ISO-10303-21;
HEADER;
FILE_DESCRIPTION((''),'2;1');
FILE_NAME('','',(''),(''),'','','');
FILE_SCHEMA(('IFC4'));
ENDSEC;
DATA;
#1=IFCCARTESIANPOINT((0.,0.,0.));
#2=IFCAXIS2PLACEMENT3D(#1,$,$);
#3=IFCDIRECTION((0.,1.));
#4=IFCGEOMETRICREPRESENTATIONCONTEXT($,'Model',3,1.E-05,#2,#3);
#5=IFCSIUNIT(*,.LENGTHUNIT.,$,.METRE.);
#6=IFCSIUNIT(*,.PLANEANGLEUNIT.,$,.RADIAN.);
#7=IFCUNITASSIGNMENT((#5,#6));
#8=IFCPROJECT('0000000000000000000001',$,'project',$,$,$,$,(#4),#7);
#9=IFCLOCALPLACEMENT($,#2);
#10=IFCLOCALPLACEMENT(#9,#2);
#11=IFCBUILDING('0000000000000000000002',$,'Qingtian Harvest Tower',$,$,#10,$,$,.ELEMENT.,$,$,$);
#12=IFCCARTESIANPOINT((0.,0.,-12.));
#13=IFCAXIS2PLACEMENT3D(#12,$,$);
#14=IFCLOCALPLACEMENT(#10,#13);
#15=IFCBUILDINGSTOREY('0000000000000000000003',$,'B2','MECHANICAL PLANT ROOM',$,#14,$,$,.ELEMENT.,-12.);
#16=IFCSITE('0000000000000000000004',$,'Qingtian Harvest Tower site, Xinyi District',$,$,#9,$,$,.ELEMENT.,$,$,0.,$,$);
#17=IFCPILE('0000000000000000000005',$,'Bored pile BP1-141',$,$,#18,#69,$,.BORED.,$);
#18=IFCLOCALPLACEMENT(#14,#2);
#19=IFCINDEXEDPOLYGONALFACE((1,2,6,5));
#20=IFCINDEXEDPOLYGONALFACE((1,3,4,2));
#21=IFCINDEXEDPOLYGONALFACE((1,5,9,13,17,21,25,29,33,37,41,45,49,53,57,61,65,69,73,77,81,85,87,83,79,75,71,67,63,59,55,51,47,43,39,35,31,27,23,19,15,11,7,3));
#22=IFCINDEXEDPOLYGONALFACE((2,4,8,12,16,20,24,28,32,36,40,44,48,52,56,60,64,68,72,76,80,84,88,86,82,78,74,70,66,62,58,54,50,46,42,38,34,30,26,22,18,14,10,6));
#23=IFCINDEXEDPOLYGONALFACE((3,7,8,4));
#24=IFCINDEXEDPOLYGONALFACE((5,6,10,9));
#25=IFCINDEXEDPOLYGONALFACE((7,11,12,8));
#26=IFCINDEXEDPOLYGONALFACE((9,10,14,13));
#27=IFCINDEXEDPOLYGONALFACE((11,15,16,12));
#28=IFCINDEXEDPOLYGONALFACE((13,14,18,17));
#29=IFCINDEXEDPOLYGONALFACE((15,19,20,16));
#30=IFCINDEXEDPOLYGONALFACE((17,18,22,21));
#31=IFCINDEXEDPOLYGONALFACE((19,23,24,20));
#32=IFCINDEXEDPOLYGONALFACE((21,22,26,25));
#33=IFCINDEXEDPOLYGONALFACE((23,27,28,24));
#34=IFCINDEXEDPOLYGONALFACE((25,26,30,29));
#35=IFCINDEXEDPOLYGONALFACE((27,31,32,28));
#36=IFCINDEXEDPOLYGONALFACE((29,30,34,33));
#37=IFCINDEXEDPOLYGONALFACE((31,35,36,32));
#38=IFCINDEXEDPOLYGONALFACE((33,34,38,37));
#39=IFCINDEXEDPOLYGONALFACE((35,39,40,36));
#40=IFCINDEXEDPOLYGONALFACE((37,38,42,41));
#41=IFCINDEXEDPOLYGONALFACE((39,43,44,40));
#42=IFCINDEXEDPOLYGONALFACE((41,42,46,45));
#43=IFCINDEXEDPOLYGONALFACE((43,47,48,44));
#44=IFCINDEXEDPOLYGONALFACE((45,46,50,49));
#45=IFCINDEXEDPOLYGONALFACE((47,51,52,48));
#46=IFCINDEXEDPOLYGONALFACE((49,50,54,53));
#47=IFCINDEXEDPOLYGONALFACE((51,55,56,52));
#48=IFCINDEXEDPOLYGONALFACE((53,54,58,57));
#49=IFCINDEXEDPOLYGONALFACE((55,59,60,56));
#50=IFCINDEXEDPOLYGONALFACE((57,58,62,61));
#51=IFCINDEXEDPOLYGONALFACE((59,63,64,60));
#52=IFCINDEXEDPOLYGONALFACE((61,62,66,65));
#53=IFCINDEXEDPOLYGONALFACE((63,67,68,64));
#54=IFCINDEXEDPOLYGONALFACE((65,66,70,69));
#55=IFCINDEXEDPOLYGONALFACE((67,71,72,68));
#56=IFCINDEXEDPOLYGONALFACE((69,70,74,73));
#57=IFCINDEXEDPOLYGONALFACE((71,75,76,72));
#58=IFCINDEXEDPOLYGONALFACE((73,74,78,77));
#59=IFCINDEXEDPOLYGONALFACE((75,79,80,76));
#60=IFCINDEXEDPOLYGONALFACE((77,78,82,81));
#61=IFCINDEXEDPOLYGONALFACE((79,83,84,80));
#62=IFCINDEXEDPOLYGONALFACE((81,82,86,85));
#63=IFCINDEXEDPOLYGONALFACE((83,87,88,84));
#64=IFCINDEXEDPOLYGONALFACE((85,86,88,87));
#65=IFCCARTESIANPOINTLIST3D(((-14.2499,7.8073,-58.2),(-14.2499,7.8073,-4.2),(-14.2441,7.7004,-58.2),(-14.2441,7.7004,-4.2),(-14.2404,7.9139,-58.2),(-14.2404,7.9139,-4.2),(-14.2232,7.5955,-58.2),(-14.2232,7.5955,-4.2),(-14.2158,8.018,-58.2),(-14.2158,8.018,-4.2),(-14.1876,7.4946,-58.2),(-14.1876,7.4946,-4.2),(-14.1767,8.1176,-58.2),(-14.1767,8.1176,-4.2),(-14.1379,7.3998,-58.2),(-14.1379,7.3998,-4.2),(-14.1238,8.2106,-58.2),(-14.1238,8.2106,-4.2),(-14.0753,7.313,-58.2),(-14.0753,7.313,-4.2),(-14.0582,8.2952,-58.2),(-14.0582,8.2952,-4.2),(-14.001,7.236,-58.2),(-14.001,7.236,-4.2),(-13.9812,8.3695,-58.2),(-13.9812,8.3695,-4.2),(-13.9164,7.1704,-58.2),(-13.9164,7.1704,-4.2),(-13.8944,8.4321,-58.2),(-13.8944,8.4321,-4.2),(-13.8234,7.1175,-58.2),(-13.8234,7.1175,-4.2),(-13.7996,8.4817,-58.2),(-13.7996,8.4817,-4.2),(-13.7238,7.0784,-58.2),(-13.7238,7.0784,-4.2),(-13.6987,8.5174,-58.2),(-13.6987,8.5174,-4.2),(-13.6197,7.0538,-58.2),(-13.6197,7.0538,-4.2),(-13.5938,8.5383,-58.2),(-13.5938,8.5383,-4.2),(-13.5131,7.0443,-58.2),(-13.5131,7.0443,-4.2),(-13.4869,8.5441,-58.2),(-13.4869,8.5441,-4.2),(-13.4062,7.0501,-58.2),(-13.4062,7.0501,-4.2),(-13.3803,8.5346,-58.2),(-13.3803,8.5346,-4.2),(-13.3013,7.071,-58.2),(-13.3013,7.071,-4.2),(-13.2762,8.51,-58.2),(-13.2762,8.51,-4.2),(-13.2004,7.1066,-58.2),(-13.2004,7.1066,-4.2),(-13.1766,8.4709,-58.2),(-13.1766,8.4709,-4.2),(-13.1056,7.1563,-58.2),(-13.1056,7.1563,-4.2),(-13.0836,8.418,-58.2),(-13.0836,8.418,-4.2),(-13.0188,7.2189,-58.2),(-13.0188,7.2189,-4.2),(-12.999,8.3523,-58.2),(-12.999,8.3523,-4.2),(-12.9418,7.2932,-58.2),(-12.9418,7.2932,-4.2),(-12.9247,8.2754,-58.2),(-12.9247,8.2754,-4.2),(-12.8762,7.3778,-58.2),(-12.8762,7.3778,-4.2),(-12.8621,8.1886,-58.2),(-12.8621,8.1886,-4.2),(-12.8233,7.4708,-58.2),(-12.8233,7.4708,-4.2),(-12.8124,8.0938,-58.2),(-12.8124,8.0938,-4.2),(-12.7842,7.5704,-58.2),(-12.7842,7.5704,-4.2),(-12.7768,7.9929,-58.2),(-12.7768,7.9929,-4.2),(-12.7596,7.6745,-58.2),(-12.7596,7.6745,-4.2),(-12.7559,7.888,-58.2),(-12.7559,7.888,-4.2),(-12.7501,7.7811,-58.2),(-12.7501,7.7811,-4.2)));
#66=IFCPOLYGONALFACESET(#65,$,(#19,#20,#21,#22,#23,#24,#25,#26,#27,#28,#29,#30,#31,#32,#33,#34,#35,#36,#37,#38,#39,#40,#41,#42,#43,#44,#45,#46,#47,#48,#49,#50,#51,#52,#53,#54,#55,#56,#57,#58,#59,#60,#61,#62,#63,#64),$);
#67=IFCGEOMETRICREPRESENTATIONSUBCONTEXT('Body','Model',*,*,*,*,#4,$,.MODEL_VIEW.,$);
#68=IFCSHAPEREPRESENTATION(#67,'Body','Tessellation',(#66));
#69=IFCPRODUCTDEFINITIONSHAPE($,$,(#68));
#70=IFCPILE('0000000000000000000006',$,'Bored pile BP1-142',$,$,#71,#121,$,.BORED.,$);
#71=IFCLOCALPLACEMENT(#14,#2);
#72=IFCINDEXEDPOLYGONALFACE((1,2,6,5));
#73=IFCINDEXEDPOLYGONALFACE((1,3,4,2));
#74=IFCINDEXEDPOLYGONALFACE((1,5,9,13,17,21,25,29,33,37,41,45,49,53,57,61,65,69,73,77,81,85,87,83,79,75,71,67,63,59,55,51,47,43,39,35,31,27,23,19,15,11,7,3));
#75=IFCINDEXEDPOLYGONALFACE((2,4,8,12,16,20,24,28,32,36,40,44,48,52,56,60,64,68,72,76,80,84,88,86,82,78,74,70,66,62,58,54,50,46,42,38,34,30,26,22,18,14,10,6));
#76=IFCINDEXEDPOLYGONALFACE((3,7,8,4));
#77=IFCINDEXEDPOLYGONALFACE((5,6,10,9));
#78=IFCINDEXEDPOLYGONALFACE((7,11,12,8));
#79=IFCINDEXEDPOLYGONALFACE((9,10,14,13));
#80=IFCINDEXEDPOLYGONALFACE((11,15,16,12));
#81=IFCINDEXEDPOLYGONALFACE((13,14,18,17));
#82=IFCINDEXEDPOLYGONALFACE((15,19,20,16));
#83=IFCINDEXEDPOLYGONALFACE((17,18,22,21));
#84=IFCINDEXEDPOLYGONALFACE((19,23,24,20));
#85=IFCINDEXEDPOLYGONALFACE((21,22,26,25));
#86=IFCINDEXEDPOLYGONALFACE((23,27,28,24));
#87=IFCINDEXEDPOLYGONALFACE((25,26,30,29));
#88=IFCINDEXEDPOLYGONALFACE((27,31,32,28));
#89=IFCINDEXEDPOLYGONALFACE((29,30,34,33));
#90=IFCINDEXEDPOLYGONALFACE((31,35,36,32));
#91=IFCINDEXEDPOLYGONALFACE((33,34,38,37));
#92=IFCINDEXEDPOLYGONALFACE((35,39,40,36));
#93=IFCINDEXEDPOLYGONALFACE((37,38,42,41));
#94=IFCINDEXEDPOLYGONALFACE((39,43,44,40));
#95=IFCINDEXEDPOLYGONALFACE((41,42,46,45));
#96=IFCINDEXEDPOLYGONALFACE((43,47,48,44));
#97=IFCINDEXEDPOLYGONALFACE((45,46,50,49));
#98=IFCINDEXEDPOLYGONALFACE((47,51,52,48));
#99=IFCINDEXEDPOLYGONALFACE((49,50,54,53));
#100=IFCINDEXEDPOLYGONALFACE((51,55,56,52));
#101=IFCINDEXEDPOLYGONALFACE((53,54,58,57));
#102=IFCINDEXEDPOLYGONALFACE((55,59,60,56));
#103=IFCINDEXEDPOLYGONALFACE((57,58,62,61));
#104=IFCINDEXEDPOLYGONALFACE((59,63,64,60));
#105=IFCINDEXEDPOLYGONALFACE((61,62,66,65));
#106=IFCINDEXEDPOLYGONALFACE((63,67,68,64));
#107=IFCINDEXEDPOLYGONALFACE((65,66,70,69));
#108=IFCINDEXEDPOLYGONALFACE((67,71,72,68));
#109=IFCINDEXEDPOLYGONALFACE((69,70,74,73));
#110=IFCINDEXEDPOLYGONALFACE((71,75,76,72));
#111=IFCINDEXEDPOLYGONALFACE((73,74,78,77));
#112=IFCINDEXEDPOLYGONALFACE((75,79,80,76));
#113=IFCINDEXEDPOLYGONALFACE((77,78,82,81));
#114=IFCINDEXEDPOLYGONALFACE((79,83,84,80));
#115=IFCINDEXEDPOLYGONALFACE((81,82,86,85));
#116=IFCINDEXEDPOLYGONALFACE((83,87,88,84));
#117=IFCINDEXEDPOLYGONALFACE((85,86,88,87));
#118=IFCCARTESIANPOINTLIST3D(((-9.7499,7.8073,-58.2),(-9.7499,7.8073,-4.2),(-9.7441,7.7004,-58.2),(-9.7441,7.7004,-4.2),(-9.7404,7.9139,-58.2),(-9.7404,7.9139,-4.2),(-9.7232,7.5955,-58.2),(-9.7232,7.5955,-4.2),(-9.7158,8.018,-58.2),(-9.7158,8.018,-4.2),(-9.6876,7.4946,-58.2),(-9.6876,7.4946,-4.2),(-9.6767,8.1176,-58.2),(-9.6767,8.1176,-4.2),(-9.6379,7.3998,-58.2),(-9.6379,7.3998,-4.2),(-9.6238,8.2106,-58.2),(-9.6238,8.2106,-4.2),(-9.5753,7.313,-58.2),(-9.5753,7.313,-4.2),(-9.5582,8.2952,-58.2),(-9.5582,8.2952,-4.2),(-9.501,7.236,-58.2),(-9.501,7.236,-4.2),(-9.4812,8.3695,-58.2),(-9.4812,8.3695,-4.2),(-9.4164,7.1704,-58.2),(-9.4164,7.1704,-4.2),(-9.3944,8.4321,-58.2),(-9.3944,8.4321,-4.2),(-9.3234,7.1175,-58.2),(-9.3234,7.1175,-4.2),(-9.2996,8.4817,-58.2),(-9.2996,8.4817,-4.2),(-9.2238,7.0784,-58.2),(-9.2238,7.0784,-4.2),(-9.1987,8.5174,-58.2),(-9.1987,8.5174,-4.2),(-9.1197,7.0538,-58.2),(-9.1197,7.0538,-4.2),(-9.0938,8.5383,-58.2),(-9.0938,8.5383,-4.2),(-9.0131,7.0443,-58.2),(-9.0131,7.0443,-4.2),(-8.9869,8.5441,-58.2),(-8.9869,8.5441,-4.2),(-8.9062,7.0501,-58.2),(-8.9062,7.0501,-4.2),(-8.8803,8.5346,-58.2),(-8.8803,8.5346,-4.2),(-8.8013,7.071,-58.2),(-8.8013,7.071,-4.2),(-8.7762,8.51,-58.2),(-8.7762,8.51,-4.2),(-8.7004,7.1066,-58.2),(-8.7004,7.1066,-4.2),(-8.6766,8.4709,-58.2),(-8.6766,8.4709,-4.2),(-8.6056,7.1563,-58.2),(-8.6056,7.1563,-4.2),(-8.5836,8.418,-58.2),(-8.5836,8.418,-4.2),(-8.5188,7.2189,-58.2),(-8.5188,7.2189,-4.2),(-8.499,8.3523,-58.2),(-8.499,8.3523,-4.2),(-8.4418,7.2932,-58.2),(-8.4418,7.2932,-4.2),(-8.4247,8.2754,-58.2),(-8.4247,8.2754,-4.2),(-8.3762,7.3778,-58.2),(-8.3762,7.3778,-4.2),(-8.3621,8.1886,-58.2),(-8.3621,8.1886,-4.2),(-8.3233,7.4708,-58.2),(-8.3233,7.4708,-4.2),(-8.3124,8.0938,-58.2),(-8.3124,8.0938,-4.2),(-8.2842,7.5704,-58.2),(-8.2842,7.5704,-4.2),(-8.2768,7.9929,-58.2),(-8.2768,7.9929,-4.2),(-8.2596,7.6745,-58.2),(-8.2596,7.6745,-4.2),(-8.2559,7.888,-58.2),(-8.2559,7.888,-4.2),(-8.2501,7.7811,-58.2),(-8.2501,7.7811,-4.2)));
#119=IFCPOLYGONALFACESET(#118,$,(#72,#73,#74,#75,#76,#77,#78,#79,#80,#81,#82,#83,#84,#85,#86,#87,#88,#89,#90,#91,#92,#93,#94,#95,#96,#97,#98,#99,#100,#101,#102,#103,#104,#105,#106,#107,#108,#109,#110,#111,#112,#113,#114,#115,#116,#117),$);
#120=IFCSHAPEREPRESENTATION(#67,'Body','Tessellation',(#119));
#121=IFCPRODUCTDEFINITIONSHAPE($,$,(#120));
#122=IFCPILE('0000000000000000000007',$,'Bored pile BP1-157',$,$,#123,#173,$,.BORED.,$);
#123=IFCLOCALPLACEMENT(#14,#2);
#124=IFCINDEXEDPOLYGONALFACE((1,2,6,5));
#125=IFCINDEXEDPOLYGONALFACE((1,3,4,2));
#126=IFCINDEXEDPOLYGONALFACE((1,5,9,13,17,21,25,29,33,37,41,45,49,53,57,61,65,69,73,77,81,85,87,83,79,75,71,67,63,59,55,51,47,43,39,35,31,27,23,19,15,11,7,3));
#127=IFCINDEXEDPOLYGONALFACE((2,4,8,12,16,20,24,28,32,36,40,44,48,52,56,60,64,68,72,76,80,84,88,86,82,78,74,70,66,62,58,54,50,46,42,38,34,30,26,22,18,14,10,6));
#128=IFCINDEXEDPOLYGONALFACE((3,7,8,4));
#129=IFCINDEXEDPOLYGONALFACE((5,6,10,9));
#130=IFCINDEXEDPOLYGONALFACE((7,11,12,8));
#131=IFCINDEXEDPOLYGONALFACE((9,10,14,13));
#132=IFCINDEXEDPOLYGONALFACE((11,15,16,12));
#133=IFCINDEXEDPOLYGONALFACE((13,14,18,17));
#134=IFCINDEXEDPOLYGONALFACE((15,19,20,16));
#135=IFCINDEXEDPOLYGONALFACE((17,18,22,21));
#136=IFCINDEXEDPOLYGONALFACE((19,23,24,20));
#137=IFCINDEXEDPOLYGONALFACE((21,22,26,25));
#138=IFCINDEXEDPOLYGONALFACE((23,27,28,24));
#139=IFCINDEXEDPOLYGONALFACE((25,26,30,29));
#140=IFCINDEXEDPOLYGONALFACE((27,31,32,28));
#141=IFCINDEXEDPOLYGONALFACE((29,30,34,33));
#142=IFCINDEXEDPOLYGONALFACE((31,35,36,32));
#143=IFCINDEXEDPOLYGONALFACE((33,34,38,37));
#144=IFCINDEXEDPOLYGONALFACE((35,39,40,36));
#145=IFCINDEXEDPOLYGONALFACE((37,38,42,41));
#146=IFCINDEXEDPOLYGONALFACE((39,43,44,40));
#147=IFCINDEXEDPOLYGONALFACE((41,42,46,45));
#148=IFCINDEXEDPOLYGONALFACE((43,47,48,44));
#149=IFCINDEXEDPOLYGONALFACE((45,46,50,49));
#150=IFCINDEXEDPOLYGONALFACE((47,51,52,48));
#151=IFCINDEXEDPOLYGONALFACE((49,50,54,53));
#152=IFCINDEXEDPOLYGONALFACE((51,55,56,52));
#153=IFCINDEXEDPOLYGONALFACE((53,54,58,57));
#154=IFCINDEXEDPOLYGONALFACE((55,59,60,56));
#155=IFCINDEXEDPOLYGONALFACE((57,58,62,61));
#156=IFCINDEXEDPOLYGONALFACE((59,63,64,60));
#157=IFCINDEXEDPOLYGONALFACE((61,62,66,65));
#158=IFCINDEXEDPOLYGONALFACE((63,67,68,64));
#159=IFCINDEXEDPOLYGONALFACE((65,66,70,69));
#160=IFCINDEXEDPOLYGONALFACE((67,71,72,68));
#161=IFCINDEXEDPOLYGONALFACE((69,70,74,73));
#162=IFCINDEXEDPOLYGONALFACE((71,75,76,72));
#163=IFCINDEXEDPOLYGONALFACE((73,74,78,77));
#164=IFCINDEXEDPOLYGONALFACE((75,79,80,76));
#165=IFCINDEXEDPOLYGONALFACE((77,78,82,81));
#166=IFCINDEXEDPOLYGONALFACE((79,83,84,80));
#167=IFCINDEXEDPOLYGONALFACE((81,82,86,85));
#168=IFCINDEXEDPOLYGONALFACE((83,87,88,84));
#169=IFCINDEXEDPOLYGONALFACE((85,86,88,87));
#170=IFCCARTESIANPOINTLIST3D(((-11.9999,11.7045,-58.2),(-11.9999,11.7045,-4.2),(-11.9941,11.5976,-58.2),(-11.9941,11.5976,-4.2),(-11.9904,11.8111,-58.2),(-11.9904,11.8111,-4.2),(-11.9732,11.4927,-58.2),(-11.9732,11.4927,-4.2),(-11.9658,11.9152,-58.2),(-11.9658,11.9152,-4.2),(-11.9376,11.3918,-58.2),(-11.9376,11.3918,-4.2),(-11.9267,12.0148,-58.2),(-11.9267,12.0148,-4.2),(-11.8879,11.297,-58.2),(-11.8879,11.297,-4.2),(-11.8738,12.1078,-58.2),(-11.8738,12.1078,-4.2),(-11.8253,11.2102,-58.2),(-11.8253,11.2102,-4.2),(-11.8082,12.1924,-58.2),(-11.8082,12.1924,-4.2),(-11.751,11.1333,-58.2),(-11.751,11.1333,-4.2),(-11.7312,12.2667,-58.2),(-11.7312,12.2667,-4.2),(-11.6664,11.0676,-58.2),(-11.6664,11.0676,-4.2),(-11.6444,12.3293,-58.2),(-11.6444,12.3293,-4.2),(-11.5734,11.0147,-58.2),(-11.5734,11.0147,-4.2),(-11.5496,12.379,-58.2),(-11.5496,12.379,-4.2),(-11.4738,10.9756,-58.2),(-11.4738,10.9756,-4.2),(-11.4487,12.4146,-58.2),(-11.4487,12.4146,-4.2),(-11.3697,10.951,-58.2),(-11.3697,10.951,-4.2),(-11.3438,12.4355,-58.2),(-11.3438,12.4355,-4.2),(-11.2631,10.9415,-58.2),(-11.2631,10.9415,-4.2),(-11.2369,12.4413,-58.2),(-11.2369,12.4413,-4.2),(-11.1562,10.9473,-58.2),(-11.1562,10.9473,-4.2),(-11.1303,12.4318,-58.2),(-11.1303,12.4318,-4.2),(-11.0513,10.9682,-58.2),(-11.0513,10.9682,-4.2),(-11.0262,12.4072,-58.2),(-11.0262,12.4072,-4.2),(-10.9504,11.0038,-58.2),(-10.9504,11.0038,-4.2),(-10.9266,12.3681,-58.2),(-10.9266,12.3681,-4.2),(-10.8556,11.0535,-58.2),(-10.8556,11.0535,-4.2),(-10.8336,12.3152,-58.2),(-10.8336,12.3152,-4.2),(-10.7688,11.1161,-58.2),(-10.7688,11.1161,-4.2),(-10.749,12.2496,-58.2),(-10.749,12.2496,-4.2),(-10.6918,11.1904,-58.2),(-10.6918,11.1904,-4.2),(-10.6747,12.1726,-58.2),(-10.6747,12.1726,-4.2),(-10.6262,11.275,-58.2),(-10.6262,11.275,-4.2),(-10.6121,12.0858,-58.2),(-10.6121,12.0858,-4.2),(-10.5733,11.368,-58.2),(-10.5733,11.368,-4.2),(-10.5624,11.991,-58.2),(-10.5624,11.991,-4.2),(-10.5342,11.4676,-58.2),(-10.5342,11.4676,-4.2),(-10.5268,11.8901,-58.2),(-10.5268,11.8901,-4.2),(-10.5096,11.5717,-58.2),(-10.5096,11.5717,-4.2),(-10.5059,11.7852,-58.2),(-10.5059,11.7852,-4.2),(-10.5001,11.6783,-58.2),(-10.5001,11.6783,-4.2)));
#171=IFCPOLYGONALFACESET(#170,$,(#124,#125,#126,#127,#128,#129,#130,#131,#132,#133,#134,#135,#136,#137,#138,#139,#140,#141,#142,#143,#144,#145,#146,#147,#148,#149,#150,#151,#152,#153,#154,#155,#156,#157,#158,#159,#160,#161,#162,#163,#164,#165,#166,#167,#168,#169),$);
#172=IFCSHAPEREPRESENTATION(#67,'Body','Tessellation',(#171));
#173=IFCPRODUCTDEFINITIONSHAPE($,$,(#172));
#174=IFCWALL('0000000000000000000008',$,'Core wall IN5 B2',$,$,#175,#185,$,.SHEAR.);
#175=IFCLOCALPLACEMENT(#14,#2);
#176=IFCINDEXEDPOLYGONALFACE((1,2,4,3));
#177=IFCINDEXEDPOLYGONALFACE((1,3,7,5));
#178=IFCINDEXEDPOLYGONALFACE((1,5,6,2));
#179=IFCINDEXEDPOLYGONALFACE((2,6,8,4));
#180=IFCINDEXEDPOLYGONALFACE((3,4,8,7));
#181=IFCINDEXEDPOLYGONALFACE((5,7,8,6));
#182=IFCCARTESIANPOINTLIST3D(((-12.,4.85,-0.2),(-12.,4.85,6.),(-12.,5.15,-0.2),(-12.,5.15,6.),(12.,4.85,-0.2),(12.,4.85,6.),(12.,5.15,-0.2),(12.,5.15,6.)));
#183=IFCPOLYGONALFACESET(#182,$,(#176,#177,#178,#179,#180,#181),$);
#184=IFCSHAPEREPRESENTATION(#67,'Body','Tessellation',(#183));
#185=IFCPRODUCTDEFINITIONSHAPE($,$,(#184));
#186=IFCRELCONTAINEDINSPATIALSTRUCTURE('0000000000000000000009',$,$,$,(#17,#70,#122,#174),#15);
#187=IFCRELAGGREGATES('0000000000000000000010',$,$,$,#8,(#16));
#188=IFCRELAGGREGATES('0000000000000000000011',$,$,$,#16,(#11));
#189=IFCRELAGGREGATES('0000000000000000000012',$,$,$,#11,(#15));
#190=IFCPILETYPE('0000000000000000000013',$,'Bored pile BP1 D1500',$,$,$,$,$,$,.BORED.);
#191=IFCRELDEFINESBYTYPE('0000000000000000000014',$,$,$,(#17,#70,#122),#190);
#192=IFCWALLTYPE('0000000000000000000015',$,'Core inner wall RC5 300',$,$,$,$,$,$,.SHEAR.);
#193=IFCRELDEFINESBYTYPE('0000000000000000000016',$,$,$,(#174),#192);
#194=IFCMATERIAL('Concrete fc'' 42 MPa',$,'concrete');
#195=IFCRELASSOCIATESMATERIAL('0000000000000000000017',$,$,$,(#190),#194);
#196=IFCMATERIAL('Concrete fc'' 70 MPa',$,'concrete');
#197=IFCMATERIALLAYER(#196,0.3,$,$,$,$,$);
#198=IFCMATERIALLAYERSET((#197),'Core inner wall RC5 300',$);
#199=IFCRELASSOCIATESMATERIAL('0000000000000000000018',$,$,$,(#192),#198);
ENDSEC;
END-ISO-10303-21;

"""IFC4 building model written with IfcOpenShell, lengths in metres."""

from ifc_helpers import new_model, si_unit, direction, frame, frame_2d, origin, place, context, subcontext, project, spatial, rectangle, circle, extrude, material, layer, layer_set, material_profile, profile_set, type_object, element, save


model = new_model("IFC4")

# Units and contexts
model_context = context("Model", 3, precision=1e-05, world=origin(), true_north=direction((0.0, 1.0)))
body_context = subcontext(model_context, "Body", "Model", "MODEL_VIEW")
ifc_project = project(units=[si_unit("LENGTHUNIT", "METRE"), si_unit("PLANEANGLEUNIT", "RADIAN")], contexts=[model_context])

# Site, building, storey
site_placement = place(None, origin())
site = spatial("IfcSite", under=ifc_project, at=site_placement, Name="Qingtian Harvest Tower site, Xinyi District", CompositionType="ELEMENT", RefElevation=0.0)
building_placement = place(site_placement, origin())
building = spatial("IfcBuilding", under=site, at=building_placement, Name="Qingtian Harvest Tower", CompositionType="ELEMENT")
storey_placement = place(building_placement, frame((0.0, 0.0, -12.0)))
storey = spatial("IfcBuildingStorey", under=building, at=storey_placement, Name="B2", Description="MECHANICAL PLANT ROOM", CompositionType="ELEMENT", Elevation=-12.0)

# Piles
ifc_material_1 = material(Name="Concrete fc' 42 MPa", Category="concrete")
ifc_material_profile = material_profile(ifc_material_1, circle(Radius=0.75, at=frame_2d((0.0, 0.0), x_axis=(0.999848, 0.017452))), Name="Bored pile BP1 D1500")
ifc_profile_set = profile_set([ifc_material_profile], Name="Concrete fc' 42 MPa")
pile_type = type_object("IfcPileType", Name="Bored pile BP1 D1500", PredefinedType="BORED", material=ifc_profile_set)
for number, where, z_axis, x_axis, name in (
    (1, (-13.5, 7.7942, -4.2), (0.0, 0.0, -1.0), (1.0, 0.0, 0.0), "Bored pile BP1-141"),
    (2, (-9.0, 7.7942, -4.2), (0.0, 0.0, -1.0), (1.0, 0.0, 0.0), "Bored pile BP1-142"),
    (3, (-11.25, 11.6914, -4.2), (0.0, 0.0, -1.0), (1.0, 0.0, 0.0), "Bored pile BP1-157"),
):
    element("IfcPile", number, at=place(storey_placement, frame(where, z_axis=z_axis, x_axis=x_axis)), inside=storey, type_object=pile_type, Name=name, PredefinedType="BORED", context=body_context, shape_type="SweptSolid", body=[
        extrude(circle(Radius=0.75, at=frame_2d((0.0, 0.0), x_axis=(0.999848, 0.017452))), origin(), (0.0, 0.0, 1.0), 54.0),
    ])

# Wall
ifc_material_2 = material(Name="Concrete fc' 70 MPa", Category="concrete")
ifc_layer_1 = layer(ifc_material_2, 0.3)
ifc_layer_set_1 = layer_set([ifc_layer_1], Name="Core inner wall RC5 300")
wall_type_1 = type_object("IfcWallType", Name="Core inner wall RC5 300", PredefinedType="SHEAR", material=ifc_layer_set_1)
wall_1_placement = place(storey_placement, frame((-12.0, 5.0, -0.2), z_axis=(0.0, 0.0, 1.0), x_axis=(1.0, 0.0, 0.0)))
element("IfcWall", 4, at=wall_1_placement, inside=storey, type_object=wall_type_1, Name="Core wall IN5 B2", PredefinedType="SHEAR", context=body_context, shape_type="SweptSolid", body=[
    extrude(rectangle(XDim=24.0, YDim=0.3, at=frame_2d((12.0, 0.0))), origin(), (0.0, 0.0, 1.0), 6.2),
])

save(model, "model.ifc")
